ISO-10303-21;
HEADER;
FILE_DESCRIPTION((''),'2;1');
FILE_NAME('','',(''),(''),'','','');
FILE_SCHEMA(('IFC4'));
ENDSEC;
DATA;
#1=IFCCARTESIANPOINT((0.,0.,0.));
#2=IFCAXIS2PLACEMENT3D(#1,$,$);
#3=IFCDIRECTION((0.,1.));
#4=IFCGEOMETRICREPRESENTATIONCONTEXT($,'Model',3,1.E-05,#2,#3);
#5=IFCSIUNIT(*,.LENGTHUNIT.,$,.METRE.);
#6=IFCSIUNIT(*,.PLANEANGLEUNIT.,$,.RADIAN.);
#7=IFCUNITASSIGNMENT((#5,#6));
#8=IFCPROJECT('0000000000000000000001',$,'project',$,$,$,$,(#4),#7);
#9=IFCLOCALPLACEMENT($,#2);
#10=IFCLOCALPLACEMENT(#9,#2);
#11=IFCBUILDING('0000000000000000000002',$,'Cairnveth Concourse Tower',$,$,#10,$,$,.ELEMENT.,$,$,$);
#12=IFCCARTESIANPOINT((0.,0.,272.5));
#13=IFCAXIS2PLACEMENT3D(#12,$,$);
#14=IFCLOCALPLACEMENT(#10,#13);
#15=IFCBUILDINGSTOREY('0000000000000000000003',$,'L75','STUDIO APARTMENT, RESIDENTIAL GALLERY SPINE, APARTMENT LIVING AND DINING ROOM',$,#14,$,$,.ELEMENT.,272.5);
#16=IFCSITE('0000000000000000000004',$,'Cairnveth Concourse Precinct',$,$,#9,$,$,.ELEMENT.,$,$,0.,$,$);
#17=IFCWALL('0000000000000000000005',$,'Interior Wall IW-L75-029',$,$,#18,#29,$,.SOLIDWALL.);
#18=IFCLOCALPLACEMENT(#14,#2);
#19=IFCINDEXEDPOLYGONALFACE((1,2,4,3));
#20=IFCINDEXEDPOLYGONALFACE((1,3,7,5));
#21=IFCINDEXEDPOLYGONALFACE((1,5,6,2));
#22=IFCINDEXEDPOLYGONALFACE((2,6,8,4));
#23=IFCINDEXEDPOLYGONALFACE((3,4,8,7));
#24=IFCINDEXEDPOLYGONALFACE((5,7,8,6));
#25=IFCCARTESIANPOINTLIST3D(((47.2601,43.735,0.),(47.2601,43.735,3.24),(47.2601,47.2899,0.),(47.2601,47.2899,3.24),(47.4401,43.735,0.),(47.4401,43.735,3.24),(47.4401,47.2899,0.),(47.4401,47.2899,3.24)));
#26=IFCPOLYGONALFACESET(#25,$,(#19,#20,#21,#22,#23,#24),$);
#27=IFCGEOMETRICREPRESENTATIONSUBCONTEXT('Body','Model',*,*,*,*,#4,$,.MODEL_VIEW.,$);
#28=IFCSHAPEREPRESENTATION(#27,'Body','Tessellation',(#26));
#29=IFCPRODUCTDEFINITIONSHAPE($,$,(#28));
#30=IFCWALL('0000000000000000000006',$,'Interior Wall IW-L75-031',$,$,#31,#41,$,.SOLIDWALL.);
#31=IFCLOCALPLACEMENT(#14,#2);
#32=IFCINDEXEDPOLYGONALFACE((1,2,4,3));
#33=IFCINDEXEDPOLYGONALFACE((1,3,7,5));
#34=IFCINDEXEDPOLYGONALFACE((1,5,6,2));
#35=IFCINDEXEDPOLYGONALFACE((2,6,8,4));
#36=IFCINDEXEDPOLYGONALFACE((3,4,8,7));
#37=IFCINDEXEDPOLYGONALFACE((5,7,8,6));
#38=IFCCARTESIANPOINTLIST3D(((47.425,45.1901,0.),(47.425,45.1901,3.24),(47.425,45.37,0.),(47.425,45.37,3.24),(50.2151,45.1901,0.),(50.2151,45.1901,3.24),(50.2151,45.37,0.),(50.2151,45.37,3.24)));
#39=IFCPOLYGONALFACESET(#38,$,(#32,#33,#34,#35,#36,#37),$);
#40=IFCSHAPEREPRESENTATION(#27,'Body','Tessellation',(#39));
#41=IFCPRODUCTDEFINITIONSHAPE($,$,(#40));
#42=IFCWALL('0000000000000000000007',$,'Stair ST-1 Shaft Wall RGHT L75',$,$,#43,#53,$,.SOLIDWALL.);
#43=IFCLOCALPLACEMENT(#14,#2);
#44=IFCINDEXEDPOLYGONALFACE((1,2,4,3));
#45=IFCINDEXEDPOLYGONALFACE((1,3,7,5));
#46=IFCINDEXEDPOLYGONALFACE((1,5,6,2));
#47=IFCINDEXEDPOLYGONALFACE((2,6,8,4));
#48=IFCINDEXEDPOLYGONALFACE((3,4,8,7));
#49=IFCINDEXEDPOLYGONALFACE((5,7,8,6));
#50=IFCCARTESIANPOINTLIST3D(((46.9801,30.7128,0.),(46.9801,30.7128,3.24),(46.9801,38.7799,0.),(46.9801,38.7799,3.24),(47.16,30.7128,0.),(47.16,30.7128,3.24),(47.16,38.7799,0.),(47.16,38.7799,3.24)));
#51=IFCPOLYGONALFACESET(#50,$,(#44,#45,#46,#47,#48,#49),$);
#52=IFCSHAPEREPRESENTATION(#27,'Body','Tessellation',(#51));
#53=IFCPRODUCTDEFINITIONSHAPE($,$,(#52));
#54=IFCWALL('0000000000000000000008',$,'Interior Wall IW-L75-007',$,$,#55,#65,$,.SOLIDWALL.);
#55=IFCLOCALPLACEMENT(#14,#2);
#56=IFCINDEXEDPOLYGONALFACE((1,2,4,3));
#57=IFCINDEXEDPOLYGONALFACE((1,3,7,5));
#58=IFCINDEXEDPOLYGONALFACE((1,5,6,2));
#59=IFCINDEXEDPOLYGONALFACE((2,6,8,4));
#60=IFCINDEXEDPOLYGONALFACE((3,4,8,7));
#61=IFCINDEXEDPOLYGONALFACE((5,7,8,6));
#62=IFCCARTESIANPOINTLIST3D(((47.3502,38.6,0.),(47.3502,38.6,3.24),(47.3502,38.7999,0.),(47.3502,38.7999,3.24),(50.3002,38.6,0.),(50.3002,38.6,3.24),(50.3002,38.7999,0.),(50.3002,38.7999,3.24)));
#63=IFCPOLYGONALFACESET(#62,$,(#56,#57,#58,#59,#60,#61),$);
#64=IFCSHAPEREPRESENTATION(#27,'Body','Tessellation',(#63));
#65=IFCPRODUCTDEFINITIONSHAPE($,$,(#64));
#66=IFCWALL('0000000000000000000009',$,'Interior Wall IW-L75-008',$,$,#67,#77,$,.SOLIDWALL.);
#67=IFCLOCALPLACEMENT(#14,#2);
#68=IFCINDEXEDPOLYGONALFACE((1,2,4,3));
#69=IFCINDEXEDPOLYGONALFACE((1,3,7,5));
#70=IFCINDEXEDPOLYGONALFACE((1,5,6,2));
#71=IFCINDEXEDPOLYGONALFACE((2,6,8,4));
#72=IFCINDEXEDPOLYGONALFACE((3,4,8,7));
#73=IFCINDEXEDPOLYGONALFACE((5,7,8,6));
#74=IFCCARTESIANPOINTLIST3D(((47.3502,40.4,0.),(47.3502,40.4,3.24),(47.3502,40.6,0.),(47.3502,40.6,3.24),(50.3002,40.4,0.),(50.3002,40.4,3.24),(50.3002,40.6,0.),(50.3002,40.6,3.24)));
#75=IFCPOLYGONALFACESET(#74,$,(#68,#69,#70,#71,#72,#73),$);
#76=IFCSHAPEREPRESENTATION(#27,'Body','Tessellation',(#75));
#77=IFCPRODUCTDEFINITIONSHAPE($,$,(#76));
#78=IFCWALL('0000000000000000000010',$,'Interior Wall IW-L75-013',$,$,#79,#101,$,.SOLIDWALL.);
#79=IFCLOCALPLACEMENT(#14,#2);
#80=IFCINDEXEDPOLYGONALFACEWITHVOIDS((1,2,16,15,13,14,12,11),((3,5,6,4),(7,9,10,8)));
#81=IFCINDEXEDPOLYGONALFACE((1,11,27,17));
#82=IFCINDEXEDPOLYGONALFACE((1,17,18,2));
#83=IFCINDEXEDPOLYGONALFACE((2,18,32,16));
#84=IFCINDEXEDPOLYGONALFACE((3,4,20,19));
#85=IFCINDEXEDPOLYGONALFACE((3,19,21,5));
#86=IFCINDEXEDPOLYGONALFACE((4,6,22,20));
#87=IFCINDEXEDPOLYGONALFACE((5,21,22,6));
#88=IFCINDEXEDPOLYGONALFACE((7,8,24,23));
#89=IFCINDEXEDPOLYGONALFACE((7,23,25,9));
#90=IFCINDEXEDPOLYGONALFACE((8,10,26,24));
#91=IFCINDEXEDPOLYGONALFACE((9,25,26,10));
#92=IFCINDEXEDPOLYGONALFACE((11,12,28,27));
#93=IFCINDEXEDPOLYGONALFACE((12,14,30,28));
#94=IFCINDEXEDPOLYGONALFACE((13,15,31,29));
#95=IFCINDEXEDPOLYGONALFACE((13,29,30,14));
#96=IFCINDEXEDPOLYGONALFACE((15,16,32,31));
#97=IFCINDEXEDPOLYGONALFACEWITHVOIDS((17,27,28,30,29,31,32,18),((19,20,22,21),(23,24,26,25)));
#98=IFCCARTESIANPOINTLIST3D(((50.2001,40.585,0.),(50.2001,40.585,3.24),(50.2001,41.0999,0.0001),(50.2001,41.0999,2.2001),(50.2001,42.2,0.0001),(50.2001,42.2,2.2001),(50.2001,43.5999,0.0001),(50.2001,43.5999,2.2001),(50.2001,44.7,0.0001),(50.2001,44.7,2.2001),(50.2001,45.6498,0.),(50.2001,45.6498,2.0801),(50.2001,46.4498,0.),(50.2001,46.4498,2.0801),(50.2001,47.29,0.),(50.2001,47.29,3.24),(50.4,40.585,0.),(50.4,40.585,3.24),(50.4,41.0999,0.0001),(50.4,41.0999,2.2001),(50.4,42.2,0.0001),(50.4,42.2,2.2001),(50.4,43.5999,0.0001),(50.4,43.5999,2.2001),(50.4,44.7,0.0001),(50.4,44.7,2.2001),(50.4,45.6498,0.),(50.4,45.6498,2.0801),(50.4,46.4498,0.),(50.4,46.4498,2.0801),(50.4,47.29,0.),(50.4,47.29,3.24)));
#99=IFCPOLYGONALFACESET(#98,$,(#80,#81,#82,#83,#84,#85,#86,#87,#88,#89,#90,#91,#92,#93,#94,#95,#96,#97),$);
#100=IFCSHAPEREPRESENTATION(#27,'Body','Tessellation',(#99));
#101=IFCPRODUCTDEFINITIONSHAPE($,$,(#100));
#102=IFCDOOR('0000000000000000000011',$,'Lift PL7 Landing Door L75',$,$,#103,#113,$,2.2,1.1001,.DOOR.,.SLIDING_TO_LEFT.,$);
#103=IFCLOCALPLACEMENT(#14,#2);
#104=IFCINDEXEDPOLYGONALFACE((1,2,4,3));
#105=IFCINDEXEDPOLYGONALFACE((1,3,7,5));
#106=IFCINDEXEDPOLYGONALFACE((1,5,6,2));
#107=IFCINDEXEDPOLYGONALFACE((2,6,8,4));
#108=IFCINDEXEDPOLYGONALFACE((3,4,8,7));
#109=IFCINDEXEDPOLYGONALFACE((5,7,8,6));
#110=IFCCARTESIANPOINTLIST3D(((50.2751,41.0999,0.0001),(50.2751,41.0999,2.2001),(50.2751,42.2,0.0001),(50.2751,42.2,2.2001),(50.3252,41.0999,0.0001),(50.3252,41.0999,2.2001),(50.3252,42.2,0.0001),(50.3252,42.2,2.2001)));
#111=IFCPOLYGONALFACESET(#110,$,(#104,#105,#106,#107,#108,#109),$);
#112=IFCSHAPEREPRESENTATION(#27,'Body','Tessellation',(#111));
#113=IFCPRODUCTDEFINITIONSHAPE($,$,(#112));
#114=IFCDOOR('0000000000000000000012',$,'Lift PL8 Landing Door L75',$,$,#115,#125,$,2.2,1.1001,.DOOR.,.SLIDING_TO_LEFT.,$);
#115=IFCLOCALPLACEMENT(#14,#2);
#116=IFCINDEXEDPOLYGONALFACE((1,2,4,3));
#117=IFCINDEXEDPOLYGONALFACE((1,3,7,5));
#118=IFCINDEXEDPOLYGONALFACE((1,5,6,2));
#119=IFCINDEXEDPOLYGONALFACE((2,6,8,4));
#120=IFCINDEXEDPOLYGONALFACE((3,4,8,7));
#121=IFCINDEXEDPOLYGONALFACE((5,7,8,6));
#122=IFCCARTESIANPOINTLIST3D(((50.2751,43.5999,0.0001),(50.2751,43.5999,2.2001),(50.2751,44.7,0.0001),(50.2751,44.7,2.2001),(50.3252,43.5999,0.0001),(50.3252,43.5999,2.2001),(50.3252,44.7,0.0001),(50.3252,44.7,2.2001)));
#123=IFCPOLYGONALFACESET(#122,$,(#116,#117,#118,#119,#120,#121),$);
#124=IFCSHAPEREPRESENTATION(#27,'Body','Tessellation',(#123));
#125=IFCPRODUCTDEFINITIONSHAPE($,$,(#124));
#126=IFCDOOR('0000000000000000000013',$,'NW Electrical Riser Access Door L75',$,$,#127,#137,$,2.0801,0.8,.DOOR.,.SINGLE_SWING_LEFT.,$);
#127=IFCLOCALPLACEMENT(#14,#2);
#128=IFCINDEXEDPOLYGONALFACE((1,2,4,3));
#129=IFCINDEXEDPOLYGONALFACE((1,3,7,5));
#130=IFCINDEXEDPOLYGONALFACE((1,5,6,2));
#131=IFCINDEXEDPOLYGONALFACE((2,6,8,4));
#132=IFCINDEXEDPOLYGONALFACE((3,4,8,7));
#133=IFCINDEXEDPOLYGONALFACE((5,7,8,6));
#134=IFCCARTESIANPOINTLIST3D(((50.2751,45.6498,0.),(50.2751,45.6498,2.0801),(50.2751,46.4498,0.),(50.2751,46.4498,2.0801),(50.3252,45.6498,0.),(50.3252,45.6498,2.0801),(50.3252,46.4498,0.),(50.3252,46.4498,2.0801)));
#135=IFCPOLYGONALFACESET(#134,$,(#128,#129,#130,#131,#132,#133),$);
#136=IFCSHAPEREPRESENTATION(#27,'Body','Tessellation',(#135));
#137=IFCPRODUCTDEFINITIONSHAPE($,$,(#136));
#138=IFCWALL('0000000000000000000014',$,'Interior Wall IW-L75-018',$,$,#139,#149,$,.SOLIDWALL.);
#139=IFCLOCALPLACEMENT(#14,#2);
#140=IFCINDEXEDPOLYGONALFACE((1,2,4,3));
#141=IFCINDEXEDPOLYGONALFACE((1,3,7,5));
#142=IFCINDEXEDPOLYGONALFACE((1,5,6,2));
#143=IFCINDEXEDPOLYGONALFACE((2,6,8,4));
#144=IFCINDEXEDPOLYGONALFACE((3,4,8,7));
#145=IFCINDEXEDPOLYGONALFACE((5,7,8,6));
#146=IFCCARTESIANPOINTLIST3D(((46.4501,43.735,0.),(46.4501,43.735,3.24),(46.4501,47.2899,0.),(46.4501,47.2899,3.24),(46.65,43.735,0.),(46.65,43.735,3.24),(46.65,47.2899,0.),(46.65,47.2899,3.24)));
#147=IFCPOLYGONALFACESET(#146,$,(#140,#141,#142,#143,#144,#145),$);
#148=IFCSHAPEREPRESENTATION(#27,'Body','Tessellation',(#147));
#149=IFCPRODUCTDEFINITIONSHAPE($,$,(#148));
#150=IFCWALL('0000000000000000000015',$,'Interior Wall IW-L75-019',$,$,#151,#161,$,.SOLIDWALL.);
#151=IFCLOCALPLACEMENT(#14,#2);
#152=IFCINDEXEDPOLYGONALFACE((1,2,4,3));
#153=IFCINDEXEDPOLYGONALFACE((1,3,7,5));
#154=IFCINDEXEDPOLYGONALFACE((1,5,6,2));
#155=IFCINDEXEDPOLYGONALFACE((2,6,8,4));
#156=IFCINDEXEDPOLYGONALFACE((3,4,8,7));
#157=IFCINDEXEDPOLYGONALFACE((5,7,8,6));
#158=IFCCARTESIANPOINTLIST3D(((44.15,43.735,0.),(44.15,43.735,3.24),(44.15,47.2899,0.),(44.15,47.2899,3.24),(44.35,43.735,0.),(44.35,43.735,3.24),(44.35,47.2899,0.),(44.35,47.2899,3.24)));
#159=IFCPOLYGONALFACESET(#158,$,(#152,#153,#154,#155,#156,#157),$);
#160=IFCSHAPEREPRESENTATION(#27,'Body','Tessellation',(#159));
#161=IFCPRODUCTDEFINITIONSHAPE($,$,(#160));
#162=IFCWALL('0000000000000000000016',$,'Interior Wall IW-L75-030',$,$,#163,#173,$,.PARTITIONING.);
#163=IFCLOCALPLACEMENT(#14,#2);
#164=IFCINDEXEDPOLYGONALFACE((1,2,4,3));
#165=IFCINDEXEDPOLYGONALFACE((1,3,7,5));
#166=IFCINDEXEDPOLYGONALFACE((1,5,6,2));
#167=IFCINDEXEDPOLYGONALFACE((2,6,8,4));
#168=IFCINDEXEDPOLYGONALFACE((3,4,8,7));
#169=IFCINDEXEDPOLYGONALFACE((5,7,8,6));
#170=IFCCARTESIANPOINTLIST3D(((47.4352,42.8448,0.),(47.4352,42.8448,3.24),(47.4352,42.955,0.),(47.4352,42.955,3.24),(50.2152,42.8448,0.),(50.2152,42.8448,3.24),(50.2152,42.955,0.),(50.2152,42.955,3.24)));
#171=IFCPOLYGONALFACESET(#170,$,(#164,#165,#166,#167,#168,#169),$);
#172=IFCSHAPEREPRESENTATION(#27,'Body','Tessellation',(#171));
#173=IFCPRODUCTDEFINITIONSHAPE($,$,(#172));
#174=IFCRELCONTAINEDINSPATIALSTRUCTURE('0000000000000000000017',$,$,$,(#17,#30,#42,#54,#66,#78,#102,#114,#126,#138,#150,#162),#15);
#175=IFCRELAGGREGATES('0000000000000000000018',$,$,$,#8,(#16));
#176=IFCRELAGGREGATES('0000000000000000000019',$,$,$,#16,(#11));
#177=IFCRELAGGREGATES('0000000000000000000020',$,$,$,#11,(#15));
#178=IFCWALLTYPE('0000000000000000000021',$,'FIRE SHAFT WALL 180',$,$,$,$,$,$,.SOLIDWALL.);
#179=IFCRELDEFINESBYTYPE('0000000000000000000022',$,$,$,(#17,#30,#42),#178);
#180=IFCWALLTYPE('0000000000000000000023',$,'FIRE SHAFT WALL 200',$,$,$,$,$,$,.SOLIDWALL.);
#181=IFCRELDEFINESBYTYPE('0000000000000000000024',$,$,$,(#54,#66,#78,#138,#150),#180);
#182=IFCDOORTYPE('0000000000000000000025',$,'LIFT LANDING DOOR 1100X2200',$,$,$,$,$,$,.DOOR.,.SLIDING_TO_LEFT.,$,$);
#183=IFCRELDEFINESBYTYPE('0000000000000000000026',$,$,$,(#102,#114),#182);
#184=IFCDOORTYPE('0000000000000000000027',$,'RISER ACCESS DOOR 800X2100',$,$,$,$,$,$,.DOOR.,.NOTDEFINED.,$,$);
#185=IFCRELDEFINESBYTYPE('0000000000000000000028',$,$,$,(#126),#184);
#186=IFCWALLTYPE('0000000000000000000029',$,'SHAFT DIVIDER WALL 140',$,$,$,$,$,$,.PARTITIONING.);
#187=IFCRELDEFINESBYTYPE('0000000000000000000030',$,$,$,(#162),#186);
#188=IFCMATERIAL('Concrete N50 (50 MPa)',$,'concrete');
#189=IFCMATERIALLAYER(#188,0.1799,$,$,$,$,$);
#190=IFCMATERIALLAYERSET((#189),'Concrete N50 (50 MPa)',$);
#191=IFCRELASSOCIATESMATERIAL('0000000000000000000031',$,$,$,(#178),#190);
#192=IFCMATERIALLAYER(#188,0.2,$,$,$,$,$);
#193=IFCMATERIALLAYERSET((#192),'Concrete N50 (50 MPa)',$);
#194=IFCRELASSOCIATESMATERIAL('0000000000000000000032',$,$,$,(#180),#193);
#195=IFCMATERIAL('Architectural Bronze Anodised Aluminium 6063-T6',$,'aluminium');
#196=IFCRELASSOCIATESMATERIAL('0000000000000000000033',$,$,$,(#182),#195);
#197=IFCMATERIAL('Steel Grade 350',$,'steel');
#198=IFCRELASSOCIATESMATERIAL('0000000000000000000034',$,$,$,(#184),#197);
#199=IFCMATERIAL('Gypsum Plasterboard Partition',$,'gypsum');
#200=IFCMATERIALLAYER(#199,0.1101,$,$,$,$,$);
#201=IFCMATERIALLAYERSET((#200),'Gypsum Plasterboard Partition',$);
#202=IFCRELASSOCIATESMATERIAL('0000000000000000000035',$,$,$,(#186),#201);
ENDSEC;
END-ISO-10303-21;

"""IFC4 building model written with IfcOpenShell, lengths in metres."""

from ifc_helpers import new_model, si_unit, direction, frame, frame_2d, origin, place, context, subcontext, project, spatial, rectangle, extrude, material, layer, layer_set, type_object, element, fill, save


model = new_model("IFC4")

# Units and contexts
model_context = context("Model", 3, precision=1e-05, world=origin(), true_north=direction((0.0, 1.0)))
body_context = subcontext(model_context, "Body", "Model", "MODEL_VIEW")
ifc_project = project(units=[si_unit("LENGTHUNIT", "METRE"), si_unit("PLANEANGLEUNIT", "RADIAN")], contexts=[model_context])

# Site, building, storey
site_placement = place(None, origin())
site = spatial("IfcSite", under=ifc_project, at=site_placement, Name="Cairnveth Concourse Precinct", CompositionType="ELEMENT", RefElevation=0.0)
building_placement = place(site_placement, origin())
building = spatial("IfcBuilding", under=site, at=building_placement, Name="Cairnveth Concourse Tower", CompositionType="ELEMENT")
storey_placement = place(building_placement, frame((0.0, 0.0, 272.5)))
storey = spatial("IfcBuildingStorey", under=building, at=storey_placement, Name="L75", Description="STUDIO APARTMENT, RESIDENTIAL GALLERY SPINE, APARTMENT LIVING AND DINING ROOM", CompositionType="ELEMENT", Elevation=272.5)

# Walls
ifc_material_1 = material(Name="Concrete N50 (50 MPa)", Category="concrete")
ifc_layer_1 = layer(ifc_material_1, 0.1799)
ifc_layer_set_1 = layer_set([ifc_layer_1], Name="Concrete N50 (50 MPa)")
wall_type_1 = type_object("IfcWallType", Name="FIRE SHAFT WALL 180", PredefinedType="SOLIDWALL", material=ifc_layer_set_1)
wall_1_placement = place(storey_placement, frame((47.3501, 43.7351, 0.0), z_axis=(0.0, 0.0, 1.0), x_axis=(0.0, 1.0, 0.0)))
element("IfcWall", 1, at=wall_1_placement, inside=storey, type_object=wall_type_1, Name="Interior Wall IW-L75-029", PredefinedType="SOLIDWALL", context=body_context, shape_type="SweptSolid", body=[
    extrude(rectangle(XDim=3.5549, YDim=0.1799, at=frame_2d((1.7773, 0.0))), origin(), (0.0, 0.0, 1.0), 3.24),
])
wall_2_placement = place(storey_placement, frame((47.425, 45.28, 0.0), z_axis=(0.0, 0.0, 1.0), x_axis=(1.0, 0.0, 0.0)))
element("IfcWall", 2, at=wall_2_placement, inside=storey, type_object=wall_type_1, Name="Interior Wall IW-L75-031", PredefinedType="SOLIDWALL", context=body_context, shape_type="SweptSolid", body=[
    extrude(rectangle(XDim=2.79, YDim=0.1799, at=frame_2d((1.395, 0.0))), origin(), (0.0, 0.0, 1.0), 3.24),
])
wall_3_placement = place(storey_placement, frame((47.0701, 38.78, 0.0), z_axis=(0.0, 0.0, 1.0), x_axis=(0.0, -1.0, 0.0)))
element("IfcWall", 3, at=wall_3_placement, inside=storey, type_object=wall_type_1, Name="Stair ST-1 Shaft Wall RGHT L75", PredefinedType="SOLIDWALL", context=body_context, shape_type="SweptSolid", body=[
    extrude(rectangle(XDim=8.0671, YDim=0.1799, at=frame_2d((4.0337, 0.0))), origin(), (0.0, 0.0, 1.0), 3.24),
])
ifc_layer_2 = layer(ifc_material_1, 0.2)
ifc_layer_set_2 = layer_set([ifc_layer_2], Name="Concrete N50 (50 MPa)")
wall_type_2 = type_object("IfcWallType", Name="FIRE SHAFT WALL 200", PredefinedType="SOLIDWALL", material=ifc_layer_set_2)
for number, where, z_axis, x_axis, name in (
    (4, (47.3501, 38.7, 0.0), (0.0, 0.0, 1.0), (1.0, 0.0, 0.0), "Interior Wall IW-L75-007"),
    (5, (47.3501, 40.5, 0.0), (0.0, 0.0, 1.0), (1.0, 0.0, 0.0), "Interior Wall IW-L75-008"),
):
    element("IfcWall", number, at=place(storey_placement, frame(where, z_axis=z_axis, x_axis=x_axis)), inside=storey, type_object=wall_type_2, Name=name, PredefinedType="SOLIDWALL", context=body_context, shape_type="SweptSolid", body=[
        extrude(rectangle(XDim=2.95, YDim=0.2, at=frame_2d((1.4751, 0.0))), origin(), (0.0, 0.0, 1.0), 3.24),
    ])

# Wall, openings, doors
wall_4_placement = place(storey_placement, frame((50.3, 40.585, 0.0), z_axis=(0.0, 0.0, 1.0), x_axis=(0.0, 1.0, 0.0)))
wall_4 = element("IfcWall", 6, at=wall_4_placement, inside=storey, type_object=wall_type_2, Name="Interior Wall IW-L75-013", PredefinedType="SOLIDWALL", context=body_context, shape_type="SweptSolid", body=[
    extrude(rectangle(XDim=6.7051, YDim=0.2, at=frame_2d((3.3525, 0.0))), origin(), (0.0, 0.0, 1.0), 3.24),
])
opening_1_placement = place(wall_4_placement, frame((0.5149, 0.0, 0.0)))
opening_1 = element("IfcOpeningElement", 7, at=opening_1_placement, cuts=wall_4, PredefinedType="OPENING", context=body_context, shape_type="SweptSolid", body=[
    extrude(rectangle(XDim=1.1001, YDim=2.2, at=frame_2d((0.55, 1.1001))), frame((0.0, 0.1099, 0.0), z_axis=(0.0, -1.0, 0.0), x_axis=(1.0, 0.0, 0.0)), (0.0, 0.0, 1.0), 0.22),
])
opening_2_placement = place(wall_4_placement, frame((3.0149, 0.0, 0.0)))
opening_2 = element("IfcOpeningElement", 8, at=opening_2_placement, cuts=wall_4, PredefinedType="OPENING", context=body_context, shape_type="SweptSolid", body=[
    extrude(rectangle(XDim=1.1001, YDim=2.2, at=frame_2d((0.55, 1.1001))), frame((0.0, 0.1099, 0.0), z_axis=(0.0, -1.0, 0.0), x_axis=(1.0, 0.0, 0.0)), (0.0, 0.0, 1.0), 0.22),
])
opening_3_placement = place(wall_4_placement, frame((5.0649, 0.0, 0.0)))
opening_3 = element("IfcOpeningElement", 9, at=opening_3_placement, cuts=wall_4, PredefinedType="OPENING", context=body_context, shape_type="SweptSolid", body=[
    extrude(rectangle(XDim=0.8, YDim=2.0801, at=frame_2d((0.3999, 1.04))), frame((0.0, 0.1099, 0.0), z_axis=(0.0, -1.0, 0.0), x_axis=(1.0, 0.0, 0.0)), (0.0, 0.0, 1.0), 0.22),
])
ifc_material_2 = material(Name="Architectural Bronze Anodised Aluminium 6063-T6", Category="aluminium")
door_type_1 = type_object("IfcDoorType", Name="LIFT LANDING DOOR 1100X2200", OperationType="SLIDING_TO_LEFT", PredefinedType="DOOR", material=ifc_material_2)
door_1_placement = place(opening_1_placement, origin())
door_1 = element("IfcDoor", 10, at=door_1_placement, inside=storey, type_object=door_type_1, Name="Lift PL7 Landing Door L75", OperationType="SLIDING_TO_LEFT", OverallHeight=2.2, OverallWidth=1.1001, PredefinedType="DOOR", context=body_context, shape_type="SweptSolid", body=[
    extrude(rectangle(XDim=1.1001, YDim=2.2, at=frame_2d((0.55, 1.1001))), frame((0.0, 0.0249, 0.0), z_axis=(0.0, -1.0, 0.0), x_axis=(1.0, 0.0, 0.0)), (0.0, 0.0, 1.0), 0.05),
])
fill(opening_1, door_1)
door_2_placement = place(opening_2_placement, origin())
door_2 = element("IfcDoor", 11, at=door_2_placement, inside=storey, type_object=door_type_1, Name="Lift PL8 Landing Door L75", OperationType="SLIDING_TO_LEFT", OverallHeight=2.2, OverallWidth=1.1001, PredefinedType="DOOR", context=body_context, shape_type="SweptSolid", body=[
    extrude(rectangle(XDim=1.1001, YDim=2.2, at=frame_2d((0.55, 1.1001))), frame((0.0, 0.0249, 0.0), z_axis=(0.0, -1.0, 0.0), x_axis=(1.0, 0.0, 0.0)), (0.0, 0.0, 1.0), 0.05),
])
fill(opening_2, door_2)
ifc_material_3 = material(Name="Steel Grade 350", Category="steel")
door_type_2 = type_object("IfcDoorType", Name="RISER ACCESS DOOR 800X2100", OperationType="NOTDEFINED", PredefinedType="DOOR", material=ifc_material_3)
door_3_placement = place(opening_3_placement, origin())
door_3 = element("IfcDoor", 12, at=door_3_placement, inside=storey, type_object=door_type_2, Name="NW Electrical Riser Access Door L75", OperationType="SINGLE_SWING_LEFT", OverallHeight=2.0801, OverallWidth=0.8, PredefinedType="DOOR", context=body_context, shape_type="SweptSolid", body=[
    extrude(rectangle(XDim=0.8, YDim=2.0801, at=frame_2d((0.3999, 1.04))), frame((0.0, 0.0249, 0.0), z_axis=(0.0, -1.0, 0.0), x_axis=(1.0, 0.0, 0.0)), (0.0, 0.0, 1.0), 0.05),
])
fill(opening_3, door_3)

# Walls
for number, where, z_axis, x_axis, name in (
    (13, (46.55, 43.7351, 0.0), (0.0, 0.0, 1.0), (0.0, 1.0, 0.0), "Interior Wall IW-L75-018"),
    (14, (44.25, 43.7351, 0.0), (0.0, 0.0, 1.0), (0.0, 1.0, 0.0), "Interior Wall IW-L75-019"),
):
    element("IfcWall", number, at=place(storey_placement, frame(where, z_axis=z_axis, x_axis=x_axis)), inside=storey, type_object=wall_type_2, Name=name, PredefinedType="SOLIDWALL", context=body_context, shape_type="SweptSolid", body=[
        extrude(rectangle(XDim=3.5549, YDim=0.2, at=frame_2d((1.7773, 0.0))), origin(), (0.0, 0.0, 1.0), 3.24),
    ])
ifc_material_4 = material(Name="Gypsum Plasterboard Partition", Category="gypsum")
ifc_layer_3 = layer(ifc_material_4, 0.1101)
ifc_layer_set_3 = layer_set([ifc_layer_3], Name="Gypsum Plasterboard Partition")
wall_type_3 = type_object("IfcWallType", Name="SHAFT DIVIDER WALL 140", PredefinedType="PARTITIONING", material=ifc_layer_set_3)
wall_5_placement = place(storey_placement, frame((47.4351, 42.8999, 0.0), z_axis=(0.0, 0.0, 1.0), x_axis=(1.0, 0.0, 0.0)))
element("IfcWall", 15, at=wall_5_placement, inside=storey, type_object=wall_type_3, Name="Interior Wall IW-L75-030", PredefinedType="PARTITIONING", context=body_context, shape_type="SweptSolid", body=[
    extrude(rectangle(XDim=2.78, YDim=0.1101, at=frame_2d((1.3901, 0.0))), origin(), (0.0, 0.0, 1.0), 3.24),
])

save(model, "model.ifc")
